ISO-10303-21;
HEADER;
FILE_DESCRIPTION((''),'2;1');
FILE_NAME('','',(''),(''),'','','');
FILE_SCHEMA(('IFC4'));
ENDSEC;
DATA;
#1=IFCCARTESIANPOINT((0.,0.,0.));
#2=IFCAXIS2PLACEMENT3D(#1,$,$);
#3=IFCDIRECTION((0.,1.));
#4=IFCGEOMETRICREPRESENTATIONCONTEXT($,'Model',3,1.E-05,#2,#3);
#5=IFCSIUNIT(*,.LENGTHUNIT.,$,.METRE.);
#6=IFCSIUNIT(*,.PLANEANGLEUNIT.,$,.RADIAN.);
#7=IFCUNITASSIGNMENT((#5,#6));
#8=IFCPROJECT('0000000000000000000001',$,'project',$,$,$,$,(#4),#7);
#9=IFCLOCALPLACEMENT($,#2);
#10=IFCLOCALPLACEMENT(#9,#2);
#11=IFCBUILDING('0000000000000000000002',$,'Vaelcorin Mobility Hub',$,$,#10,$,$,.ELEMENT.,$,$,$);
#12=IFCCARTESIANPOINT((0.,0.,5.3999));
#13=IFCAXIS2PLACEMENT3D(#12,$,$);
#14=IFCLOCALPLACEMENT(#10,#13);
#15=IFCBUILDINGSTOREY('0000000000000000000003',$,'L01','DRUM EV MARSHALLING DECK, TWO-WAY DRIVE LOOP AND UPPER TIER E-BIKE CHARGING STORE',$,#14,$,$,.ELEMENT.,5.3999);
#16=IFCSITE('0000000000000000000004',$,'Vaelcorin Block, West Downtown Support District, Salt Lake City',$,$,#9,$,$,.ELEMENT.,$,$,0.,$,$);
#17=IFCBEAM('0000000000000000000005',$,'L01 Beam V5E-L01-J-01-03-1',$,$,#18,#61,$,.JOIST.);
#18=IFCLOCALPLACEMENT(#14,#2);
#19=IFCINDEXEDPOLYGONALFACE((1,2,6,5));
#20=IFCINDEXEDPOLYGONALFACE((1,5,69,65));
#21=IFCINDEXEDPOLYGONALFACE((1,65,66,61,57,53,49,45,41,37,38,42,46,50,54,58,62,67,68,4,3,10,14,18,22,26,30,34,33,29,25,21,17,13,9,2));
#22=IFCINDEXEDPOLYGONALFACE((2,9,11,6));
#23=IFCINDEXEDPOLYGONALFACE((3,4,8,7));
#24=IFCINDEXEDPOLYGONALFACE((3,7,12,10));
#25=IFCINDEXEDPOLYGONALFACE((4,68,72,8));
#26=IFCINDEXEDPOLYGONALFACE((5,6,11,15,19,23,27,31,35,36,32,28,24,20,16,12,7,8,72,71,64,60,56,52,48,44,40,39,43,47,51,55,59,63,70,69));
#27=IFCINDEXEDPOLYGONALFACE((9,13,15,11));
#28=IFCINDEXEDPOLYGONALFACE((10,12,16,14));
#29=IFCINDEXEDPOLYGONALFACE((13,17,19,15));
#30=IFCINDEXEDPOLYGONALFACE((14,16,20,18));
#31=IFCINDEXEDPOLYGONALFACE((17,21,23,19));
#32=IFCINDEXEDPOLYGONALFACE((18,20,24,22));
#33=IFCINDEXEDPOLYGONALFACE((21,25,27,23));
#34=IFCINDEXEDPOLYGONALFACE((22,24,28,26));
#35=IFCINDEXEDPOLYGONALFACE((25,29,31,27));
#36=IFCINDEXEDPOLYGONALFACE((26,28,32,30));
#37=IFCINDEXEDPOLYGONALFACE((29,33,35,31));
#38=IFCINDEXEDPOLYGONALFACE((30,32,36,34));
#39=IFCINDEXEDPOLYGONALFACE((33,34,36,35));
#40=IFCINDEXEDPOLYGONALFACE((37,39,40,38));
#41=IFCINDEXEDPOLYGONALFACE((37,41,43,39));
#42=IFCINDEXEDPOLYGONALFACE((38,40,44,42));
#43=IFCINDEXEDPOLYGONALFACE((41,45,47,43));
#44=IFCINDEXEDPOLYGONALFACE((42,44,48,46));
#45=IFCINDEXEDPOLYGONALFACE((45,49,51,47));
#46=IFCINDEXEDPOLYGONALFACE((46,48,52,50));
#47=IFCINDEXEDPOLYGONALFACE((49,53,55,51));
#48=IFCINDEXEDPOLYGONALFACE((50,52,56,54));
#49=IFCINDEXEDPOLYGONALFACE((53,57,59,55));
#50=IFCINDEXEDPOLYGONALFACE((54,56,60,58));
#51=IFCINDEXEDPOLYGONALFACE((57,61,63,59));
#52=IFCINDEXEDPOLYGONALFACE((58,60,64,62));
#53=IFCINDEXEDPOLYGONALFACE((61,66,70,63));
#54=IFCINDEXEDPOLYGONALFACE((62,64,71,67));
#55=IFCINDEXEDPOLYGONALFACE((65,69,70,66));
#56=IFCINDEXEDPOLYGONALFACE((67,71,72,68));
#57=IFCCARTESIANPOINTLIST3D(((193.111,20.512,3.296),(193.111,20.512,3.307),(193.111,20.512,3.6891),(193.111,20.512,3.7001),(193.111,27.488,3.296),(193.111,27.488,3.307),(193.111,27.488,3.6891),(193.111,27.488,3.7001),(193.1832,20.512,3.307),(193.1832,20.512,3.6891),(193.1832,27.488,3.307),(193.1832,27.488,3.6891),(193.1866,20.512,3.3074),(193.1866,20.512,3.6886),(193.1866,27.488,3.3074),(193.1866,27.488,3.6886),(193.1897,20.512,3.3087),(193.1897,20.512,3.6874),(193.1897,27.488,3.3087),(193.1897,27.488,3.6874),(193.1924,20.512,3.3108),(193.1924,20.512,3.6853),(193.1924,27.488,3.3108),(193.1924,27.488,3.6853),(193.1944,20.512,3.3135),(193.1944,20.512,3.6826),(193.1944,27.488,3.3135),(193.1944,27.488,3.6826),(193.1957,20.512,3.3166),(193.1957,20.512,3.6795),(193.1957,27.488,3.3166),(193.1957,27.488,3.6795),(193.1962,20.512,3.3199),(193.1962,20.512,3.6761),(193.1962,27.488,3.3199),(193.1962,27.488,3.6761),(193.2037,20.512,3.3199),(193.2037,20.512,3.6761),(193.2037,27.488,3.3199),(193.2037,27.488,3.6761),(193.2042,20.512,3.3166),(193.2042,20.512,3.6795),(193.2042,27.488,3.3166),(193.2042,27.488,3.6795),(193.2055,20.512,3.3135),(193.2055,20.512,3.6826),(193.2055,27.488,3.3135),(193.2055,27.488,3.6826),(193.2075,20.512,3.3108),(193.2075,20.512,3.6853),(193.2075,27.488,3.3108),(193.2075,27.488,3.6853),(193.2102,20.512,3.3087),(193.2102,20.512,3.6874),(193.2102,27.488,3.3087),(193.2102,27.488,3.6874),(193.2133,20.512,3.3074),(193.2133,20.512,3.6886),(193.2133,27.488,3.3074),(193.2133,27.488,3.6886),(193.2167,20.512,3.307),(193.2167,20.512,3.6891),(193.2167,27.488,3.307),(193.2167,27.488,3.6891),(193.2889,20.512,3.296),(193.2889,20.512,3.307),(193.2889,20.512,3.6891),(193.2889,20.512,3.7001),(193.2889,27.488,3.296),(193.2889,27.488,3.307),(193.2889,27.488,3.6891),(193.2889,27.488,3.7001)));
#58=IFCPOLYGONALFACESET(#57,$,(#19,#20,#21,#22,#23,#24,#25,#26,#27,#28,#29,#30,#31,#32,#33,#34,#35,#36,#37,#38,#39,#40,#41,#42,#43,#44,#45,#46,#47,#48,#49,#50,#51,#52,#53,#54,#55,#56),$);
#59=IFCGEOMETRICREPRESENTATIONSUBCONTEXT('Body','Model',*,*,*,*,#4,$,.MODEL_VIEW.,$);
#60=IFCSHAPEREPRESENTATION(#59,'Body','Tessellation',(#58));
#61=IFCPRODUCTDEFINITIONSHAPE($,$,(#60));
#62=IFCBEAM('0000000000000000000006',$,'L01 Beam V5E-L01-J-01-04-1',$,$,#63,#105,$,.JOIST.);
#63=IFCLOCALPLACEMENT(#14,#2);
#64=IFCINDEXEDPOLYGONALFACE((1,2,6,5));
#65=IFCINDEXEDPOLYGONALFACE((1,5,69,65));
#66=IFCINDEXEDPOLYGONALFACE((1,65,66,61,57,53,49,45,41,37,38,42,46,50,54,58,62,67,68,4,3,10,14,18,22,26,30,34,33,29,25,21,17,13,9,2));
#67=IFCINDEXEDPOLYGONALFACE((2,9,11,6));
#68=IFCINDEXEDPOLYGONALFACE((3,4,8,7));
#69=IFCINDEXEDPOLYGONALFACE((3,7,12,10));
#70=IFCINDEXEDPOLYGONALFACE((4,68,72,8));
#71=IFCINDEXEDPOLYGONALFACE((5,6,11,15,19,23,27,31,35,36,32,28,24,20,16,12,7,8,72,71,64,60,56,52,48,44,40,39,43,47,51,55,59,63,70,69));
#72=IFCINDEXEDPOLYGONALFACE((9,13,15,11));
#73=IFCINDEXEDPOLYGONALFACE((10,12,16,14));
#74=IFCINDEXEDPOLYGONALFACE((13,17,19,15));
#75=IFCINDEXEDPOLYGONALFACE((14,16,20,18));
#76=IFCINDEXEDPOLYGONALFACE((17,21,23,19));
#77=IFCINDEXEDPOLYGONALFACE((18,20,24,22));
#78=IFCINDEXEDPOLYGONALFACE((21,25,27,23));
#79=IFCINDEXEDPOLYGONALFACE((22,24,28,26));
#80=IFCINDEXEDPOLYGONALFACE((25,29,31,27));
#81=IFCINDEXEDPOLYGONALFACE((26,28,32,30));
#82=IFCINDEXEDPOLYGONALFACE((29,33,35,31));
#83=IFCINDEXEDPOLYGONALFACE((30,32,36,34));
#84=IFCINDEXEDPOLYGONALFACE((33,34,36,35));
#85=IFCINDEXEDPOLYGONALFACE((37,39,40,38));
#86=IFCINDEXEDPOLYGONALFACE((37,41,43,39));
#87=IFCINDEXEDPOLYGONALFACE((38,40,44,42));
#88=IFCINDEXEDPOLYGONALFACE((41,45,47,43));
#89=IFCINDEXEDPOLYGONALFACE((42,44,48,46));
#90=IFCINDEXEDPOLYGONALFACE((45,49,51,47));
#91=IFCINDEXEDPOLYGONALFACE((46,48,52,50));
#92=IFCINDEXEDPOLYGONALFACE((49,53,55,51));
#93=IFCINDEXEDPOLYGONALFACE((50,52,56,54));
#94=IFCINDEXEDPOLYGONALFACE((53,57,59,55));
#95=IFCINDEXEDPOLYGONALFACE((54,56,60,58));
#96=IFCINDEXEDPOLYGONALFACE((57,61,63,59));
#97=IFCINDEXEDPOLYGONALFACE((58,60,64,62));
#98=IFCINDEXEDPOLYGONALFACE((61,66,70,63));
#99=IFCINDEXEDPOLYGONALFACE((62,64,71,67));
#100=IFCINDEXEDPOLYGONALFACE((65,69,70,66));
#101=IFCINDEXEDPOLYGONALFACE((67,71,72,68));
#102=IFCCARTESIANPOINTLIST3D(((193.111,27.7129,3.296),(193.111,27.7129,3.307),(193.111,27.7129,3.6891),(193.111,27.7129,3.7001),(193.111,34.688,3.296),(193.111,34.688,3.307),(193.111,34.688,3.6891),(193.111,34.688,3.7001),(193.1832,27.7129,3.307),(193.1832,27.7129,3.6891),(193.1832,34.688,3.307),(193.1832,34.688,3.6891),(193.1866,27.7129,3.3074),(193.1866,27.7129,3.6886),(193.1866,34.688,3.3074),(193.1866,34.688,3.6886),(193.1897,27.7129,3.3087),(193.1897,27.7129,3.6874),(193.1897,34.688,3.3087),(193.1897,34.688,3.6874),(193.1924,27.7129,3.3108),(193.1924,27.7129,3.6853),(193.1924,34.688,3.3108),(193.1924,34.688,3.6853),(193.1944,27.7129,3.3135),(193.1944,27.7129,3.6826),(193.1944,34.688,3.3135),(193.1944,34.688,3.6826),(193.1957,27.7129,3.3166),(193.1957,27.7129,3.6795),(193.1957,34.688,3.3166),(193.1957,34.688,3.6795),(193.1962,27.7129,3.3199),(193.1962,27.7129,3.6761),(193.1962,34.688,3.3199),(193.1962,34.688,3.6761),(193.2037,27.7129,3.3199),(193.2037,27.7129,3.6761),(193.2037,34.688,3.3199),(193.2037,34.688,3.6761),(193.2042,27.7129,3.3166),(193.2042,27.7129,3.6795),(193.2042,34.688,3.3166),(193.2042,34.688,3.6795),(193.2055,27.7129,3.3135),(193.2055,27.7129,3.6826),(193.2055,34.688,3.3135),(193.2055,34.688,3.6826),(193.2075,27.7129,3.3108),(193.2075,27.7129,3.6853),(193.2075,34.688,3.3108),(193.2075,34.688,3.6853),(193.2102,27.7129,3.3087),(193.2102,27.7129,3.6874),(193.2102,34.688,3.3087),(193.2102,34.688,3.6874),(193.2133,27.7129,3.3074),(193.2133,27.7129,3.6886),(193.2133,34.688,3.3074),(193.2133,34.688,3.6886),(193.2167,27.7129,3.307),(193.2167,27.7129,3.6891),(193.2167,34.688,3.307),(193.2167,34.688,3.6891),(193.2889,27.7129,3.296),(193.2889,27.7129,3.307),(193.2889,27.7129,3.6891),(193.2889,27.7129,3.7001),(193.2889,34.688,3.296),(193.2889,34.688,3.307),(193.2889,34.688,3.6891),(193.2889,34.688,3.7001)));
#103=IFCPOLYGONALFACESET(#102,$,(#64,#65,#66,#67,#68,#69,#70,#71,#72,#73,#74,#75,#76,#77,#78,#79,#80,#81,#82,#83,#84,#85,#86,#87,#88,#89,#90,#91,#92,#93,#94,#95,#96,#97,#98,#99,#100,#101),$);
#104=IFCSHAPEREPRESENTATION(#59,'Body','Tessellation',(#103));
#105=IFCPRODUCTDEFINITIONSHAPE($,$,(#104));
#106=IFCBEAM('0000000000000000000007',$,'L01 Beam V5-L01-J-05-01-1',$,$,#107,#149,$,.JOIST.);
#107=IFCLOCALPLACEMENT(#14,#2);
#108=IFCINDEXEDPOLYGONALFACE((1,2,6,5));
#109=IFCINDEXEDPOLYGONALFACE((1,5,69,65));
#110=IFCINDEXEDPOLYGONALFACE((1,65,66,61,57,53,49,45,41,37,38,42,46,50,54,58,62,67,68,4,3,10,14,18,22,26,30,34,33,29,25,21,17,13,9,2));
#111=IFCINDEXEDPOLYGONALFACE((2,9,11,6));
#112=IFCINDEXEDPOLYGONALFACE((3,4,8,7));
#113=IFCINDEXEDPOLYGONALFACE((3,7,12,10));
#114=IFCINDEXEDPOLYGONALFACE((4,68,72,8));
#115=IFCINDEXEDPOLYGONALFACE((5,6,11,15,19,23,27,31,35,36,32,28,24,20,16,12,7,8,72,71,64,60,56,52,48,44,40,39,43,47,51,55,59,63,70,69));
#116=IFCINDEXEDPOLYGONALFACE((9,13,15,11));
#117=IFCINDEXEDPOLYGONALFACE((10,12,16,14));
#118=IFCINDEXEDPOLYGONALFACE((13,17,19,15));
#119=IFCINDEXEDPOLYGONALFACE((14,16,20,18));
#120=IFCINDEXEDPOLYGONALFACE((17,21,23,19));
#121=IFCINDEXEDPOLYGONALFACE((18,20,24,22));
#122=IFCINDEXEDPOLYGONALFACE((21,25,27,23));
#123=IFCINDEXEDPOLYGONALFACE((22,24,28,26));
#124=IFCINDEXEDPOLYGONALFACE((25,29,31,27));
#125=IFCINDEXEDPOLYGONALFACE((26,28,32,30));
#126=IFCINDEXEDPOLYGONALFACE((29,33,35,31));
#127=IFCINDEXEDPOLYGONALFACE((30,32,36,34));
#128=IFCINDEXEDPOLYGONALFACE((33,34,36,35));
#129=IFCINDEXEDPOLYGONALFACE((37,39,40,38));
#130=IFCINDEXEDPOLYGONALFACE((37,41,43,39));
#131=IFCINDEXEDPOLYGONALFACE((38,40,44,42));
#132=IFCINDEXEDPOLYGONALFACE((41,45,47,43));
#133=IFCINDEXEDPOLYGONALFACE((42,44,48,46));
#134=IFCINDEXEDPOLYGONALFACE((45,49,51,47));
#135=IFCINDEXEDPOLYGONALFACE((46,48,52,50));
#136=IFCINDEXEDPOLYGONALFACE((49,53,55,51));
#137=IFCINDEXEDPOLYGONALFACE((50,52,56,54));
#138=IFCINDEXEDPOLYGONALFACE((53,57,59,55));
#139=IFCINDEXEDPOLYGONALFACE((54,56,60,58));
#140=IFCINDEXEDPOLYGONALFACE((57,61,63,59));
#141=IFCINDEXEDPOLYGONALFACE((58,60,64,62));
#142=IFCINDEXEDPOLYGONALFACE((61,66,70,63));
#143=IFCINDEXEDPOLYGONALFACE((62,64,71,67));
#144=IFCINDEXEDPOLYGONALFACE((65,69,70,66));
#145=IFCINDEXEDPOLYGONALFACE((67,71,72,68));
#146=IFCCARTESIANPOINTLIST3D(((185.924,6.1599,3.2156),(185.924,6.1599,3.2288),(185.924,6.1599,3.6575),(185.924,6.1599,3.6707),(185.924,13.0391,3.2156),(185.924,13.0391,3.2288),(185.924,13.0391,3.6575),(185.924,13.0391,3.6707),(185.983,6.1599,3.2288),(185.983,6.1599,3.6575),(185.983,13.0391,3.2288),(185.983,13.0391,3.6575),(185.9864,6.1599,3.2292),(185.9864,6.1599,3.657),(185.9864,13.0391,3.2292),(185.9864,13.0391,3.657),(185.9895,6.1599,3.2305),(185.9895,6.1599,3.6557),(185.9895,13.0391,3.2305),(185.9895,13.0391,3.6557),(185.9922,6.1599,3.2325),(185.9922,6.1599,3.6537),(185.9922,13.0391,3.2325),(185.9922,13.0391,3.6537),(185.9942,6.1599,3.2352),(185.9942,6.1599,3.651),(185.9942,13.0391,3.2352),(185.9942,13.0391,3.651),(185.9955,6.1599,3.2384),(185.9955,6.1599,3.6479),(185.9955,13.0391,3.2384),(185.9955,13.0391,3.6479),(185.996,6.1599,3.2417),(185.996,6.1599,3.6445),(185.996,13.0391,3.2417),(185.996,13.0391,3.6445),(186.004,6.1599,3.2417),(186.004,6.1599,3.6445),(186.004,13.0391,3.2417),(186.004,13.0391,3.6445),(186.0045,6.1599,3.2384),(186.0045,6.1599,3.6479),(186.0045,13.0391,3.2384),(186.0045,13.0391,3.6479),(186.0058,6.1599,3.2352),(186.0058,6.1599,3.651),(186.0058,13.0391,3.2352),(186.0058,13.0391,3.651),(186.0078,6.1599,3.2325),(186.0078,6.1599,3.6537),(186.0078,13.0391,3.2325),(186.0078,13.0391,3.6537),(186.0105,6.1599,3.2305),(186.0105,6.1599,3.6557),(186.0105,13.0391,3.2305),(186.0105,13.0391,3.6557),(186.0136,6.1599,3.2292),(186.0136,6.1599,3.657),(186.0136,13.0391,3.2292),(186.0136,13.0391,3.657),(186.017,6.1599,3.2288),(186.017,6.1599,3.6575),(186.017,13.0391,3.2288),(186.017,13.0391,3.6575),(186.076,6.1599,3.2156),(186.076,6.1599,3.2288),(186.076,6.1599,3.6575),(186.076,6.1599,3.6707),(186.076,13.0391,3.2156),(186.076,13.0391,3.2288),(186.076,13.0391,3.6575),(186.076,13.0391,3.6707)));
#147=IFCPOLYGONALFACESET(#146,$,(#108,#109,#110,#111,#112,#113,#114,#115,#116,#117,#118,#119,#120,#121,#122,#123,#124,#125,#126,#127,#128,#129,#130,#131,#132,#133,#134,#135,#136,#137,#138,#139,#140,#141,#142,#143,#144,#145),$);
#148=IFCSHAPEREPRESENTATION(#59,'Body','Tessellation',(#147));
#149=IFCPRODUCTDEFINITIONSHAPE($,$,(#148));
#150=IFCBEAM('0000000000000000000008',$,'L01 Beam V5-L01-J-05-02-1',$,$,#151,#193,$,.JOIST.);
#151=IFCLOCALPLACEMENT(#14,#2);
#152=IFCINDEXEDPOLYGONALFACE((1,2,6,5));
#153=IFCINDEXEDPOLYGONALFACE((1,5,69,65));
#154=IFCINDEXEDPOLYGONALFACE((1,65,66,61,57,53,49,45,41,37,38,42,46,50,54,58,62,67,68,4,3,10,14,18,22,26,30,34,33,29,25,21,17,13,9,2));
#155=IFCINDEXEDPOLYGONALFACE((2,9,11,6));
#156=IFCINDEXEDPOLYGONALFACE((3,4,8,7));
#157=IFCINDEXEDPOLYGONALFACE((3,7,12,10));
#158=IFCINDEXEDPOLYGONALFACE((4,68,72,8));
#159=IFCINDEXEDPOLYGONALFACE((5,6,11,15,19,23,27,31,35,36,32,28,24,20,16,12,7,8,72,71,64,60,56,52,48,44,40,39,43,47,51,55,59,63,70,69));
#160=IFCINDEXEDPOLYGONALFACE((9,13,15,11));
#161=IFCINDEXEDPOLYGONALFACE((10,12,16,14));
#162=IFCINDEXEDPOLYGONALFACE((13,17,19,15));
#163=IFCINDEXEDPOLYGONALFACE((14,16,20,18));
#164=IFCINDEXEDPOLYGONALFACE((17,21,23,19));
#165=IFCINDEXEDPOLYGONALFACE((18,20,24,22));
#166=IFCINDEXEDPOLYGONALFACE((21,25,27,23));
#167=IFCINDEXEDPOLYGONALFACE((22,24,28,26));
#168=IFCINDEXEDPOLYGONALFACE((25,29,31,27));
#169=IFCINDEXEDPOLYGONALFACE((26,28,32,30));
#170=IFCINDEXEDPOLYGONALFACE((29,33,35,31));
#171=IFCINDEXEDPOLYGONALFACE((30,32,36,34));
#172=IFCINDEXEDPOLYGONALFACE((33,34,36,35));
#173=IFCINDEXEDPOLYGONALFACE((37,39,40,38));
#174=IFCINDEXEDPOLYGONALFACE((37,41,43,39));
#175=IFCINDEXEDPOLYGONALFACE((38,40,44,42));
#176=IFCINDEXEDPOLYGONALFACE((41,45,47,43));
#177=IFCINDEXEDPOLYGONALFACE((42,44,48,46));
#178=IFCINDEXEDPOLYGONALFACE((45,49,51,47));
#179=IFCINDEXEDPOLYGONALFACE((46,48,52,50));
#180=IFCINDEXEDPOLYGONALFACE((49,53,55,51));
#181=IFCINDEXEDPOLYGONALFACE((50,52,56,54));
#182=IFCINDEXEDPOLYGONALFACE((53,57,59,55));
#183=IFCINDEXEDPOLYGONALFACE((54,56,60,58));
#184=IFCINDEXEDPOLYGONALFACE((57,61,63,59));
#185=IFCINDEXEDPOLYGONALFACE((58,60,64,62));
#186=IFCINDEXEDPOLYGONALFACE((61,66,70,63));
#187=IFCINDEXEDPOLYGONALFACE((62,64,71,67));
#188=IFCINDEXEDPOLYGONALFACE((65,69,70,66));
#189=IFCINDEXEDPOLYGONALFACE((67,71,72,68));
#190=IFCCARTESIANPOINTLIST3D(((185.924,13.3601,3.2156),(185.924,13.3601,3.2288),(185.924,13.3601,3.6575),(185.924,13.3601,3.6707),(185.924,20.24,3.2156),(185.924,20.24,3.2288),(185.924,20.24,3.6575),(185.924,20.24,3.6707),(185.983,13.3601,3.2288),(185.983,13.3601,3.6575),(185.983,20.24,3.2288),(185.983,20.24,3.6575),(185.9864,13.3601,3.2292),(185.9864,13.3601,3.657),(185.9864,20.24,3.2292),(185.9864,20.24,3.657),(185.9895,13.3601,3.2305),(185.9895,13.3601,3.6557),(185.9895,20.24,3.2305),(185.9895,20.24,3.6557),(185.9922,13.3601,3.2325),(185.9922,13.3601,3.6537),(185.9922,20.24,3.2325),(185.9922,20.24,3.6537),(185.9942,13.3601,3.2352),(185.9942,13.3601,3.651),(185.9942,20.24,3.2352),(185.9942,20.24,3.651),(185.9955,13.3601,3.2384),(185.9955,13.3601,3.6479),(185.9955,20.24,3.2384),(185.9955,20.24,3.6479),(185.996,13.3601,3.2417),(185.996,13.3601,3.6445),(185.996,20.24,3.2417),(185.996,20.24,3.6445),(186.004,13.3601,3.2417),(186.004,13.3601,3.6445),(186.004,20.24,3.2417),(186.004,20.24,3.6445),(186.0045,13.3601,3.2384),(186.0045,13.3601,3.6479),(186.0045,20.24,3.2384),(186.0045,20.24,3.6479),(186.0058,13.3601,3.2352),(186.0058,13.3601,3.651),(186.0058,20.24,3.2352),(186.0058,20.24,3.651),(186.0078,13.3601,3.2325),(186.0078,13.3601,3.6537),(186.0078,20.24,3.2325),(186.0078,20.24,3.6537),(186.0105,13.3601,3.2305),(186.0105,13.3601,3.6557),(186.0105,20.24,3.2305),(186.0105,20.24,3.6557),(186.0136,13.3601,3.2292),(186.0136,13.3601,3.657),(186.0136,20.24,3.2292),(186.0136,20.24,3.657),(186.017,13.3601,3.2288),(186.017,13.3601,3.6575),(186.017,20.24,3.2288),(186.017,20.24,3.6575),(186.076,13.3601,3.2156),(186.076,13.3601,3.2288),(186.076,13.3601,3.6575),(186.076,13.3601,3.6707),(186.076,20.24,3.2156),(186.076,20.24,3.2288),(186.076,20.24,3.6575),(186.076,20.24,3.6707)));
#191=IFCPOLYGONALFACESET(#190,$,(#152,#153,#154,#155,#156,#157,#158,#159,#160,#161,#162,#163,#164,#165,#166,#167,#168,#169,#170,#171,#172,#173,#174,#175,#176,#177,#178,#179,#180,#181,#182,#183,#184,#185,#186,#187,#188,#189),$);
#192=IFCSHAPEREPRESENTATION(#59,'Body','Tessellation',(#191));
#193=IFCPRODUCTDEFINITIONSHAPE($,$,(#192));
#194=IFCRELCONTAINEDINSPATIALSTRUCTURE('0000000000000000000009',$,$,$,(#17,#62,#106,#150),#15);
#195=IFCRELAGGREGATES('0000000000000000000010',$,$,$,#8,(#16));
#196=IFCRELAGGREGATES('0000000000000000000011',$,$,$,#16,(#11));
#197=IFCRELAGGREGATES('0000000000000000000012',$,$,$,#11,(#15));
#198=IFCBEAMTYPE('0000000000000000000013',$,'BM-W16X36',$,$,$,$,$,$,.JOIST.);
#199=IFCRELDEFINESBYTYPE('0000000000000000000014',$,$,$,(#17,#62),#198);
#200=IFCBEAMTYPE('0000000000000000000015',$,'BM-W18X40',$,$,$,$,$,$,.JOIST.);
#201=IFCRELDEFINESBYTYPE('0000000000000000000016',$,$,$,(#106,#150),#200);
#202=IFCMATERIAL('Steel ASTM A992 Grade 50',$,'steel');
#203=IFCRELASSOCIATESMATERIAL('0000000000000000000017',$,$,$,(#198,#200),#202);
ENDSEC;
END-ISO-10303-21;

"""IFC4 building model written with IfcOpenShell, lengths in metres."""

from ifc_helpers import new_model, si_unit, direction, frame, origin, origin_2d, place, context, subcontext, project, spatial, i_section, extrude, material, material_profile, profile_set, type_object, element, save


model = new_model("IFC4")

# Units and contexts
model_context = context("Model", 3, precision=1e-05, world=origin(), true_north=direction((0.0, 1.0)))
body_context = subcontext(model_context, "Body", "Model", "MODEL_VIEW")
ifc_project = project(units=[si_unit("LENGTHUNIT", "METRE"), si_unit("PLANEANGLEUNIT", "RADIAN")], contexts=[model_context])

# Site, building, storey
site_placement = place(None, origin())
site = spatial("IfcSite", under=ifc_project, at=site_placement, Name="Vaelcorin Block, West Downtown Support District, Salt Lake City", CompositionType="ELEMENT", RefElevation=0.0)
building_placement = place(site_placement, origin())
building = spatial("IfcBuilding", under=site, at=building_placement, Name="Vaelcorin Mobility Hub", CompositionType="ELEMENT")
storey_placement = place(building_placement, frame((0.0, 0.0, 5.3999)))
storey = spatial("IfcBuildingStorey", under=building, at=storey_placement, Name="L01", Description="DRUM EV MARSHALLING DECK, TWO-WAY DRIVE LOOP AND UPPER TIER E-BIKE CHARGING STORE", CompositionType="ELEMENT", Elevation=5.3999)

# Shared definitions
ifc_material_1 = material(Name="Steel ASTM A992 Grade 50", Category="steel")

# Beams
ifc_material_profile_1 = material_profile(ifc_material_1, i_section(OverallWidth=0.178, OverallDepth=0.4041, WebThickness=0.0076, FlangeThickness=0.011, FilletRadius=0.0129, at=origin_2d()), Name="W16X36")
ifc_profile_set_1 = profile_set([ifc_material_profile_1], Name="Steel ASTM A992 Grade 50")
beam_type_1 = type_object("IfcBeamType", Name="BM-W16X36", PredefinedType="JOIST", material=ifc_profile_set_1)
beam_1_placement = place(storey_placement, frame((193.2, 20.512, 3.498), z_axis=(0.0, 1.0, 0.0), x_axis=(-1.0, 0.0, 0.0)))
element("IfcBeam", 1, at=beam_1_placement, inside=storey, type_object=beam_type_1, Name="L01 Beam V5E-L01-J-01-03-1", PredefinedType="JOIST", context=body_context, shape_type="SweptSolid", body=[
    extrude(i_section(OverallWidth=0.178, OverallDepth=0.4041, WebThickness=0.0076, FlangeThickness=0.011, FilletRadius=0.0129, at=origin_2d()), origin(), (0.0, 0.0, 1.0), 6.9761),
])
beam_2_placement = place(storey_placement, frame((193.2, 27.7129, 3.498), z_axis=(0.0, 1.0, 0.0), x_axis=(-1.0, 0.0, 0.0)))
element("IfcBeam", 2, at=beam_2_placement, inside=storey, type_object=beam_type_1, Name="L01 Beam V5E-L01-J-01-04-1", PredefinedType="JOIST", context=body_context, shape_type="SweptSolid", body=[
    extrude(i_section(OverallWidth=0.178, OverallDepth=0.4041, WebThickness=0.0076, FlangeThickness=0.011, FilletRadius=0.0129, at=origin_2d()), origin(), (0.0, 0.0, 1.0), 6.9751),
])
ifc_material_profile_2 = material_profile(ifc_material_1, i_section(OverallWidth=0.1521, OverallDepth=0.4551, WebThickness=0.0081, FlangeThickness=0.0132, FilletRadius=0.0129, at=origin_2d()), Name="W18X40")
ifc_profile_set_2 = profile_set([ifc_material_profile_2], Name="Steel ASTM A992 Grade 50")
beam_type_2 = type_object("IfcBeamType", Name="BM-W18X40", PredefinedType="JOIST", material=ifc_profile_set_2)
beam_3_placement = place(storey_placement, frame((186.0, 6.1599, 3.4431), z_axis=(0.0, 1.0, 0.0), x_axis=(-1.0, 0.0, 0.0)))
element("IfcBeam", 3, at=beam_3_placement, inside=storey, type_object=beam_type_2, Name="L01 Beam V5-L01-J-05-01-1", PredefinedType="JOIST", context=body_context, shape_type="SweptSolid", body=[
    extrude(i_section(OverallWidth=0.1521, OverallDepth=0.4551, WebThickness=0.0081, FlangeThickness=0.0132, FilletRadius=0.0129, at=origin_2d()), origin(), (0.0, 0.0, 1.0), 6.8792),
])
for number, where, z_axis, x_axis, name in (
    (4, (186.0, 13.3601, 3.4431), (0.0, 1.0, 0.0), (-1.0, 0.0, 0.0), "L01 Beam V5-L01-J-05-02-1"),
):
    element("IfcBeam", number, at=place(storey_placement, frame(where, z_axis=z_axis, x_axis=x_axis)), inside=storey, type_object=beam_type_2, Name=name, PredefinedType="JOIST", context=body_context, shape_type="SweptSolid", body=[
        extrude(i_section(OverallWidth=0.1521, OverallDepth=0.4551, WebThickness=0.0081, FlangeThickness=0.0132, FilletRadius=0.0129, at=origin_2d()), origin(), (0.0, 0.0, 1.0), 6.8799),
    ])

save(model, "model.ifc")
